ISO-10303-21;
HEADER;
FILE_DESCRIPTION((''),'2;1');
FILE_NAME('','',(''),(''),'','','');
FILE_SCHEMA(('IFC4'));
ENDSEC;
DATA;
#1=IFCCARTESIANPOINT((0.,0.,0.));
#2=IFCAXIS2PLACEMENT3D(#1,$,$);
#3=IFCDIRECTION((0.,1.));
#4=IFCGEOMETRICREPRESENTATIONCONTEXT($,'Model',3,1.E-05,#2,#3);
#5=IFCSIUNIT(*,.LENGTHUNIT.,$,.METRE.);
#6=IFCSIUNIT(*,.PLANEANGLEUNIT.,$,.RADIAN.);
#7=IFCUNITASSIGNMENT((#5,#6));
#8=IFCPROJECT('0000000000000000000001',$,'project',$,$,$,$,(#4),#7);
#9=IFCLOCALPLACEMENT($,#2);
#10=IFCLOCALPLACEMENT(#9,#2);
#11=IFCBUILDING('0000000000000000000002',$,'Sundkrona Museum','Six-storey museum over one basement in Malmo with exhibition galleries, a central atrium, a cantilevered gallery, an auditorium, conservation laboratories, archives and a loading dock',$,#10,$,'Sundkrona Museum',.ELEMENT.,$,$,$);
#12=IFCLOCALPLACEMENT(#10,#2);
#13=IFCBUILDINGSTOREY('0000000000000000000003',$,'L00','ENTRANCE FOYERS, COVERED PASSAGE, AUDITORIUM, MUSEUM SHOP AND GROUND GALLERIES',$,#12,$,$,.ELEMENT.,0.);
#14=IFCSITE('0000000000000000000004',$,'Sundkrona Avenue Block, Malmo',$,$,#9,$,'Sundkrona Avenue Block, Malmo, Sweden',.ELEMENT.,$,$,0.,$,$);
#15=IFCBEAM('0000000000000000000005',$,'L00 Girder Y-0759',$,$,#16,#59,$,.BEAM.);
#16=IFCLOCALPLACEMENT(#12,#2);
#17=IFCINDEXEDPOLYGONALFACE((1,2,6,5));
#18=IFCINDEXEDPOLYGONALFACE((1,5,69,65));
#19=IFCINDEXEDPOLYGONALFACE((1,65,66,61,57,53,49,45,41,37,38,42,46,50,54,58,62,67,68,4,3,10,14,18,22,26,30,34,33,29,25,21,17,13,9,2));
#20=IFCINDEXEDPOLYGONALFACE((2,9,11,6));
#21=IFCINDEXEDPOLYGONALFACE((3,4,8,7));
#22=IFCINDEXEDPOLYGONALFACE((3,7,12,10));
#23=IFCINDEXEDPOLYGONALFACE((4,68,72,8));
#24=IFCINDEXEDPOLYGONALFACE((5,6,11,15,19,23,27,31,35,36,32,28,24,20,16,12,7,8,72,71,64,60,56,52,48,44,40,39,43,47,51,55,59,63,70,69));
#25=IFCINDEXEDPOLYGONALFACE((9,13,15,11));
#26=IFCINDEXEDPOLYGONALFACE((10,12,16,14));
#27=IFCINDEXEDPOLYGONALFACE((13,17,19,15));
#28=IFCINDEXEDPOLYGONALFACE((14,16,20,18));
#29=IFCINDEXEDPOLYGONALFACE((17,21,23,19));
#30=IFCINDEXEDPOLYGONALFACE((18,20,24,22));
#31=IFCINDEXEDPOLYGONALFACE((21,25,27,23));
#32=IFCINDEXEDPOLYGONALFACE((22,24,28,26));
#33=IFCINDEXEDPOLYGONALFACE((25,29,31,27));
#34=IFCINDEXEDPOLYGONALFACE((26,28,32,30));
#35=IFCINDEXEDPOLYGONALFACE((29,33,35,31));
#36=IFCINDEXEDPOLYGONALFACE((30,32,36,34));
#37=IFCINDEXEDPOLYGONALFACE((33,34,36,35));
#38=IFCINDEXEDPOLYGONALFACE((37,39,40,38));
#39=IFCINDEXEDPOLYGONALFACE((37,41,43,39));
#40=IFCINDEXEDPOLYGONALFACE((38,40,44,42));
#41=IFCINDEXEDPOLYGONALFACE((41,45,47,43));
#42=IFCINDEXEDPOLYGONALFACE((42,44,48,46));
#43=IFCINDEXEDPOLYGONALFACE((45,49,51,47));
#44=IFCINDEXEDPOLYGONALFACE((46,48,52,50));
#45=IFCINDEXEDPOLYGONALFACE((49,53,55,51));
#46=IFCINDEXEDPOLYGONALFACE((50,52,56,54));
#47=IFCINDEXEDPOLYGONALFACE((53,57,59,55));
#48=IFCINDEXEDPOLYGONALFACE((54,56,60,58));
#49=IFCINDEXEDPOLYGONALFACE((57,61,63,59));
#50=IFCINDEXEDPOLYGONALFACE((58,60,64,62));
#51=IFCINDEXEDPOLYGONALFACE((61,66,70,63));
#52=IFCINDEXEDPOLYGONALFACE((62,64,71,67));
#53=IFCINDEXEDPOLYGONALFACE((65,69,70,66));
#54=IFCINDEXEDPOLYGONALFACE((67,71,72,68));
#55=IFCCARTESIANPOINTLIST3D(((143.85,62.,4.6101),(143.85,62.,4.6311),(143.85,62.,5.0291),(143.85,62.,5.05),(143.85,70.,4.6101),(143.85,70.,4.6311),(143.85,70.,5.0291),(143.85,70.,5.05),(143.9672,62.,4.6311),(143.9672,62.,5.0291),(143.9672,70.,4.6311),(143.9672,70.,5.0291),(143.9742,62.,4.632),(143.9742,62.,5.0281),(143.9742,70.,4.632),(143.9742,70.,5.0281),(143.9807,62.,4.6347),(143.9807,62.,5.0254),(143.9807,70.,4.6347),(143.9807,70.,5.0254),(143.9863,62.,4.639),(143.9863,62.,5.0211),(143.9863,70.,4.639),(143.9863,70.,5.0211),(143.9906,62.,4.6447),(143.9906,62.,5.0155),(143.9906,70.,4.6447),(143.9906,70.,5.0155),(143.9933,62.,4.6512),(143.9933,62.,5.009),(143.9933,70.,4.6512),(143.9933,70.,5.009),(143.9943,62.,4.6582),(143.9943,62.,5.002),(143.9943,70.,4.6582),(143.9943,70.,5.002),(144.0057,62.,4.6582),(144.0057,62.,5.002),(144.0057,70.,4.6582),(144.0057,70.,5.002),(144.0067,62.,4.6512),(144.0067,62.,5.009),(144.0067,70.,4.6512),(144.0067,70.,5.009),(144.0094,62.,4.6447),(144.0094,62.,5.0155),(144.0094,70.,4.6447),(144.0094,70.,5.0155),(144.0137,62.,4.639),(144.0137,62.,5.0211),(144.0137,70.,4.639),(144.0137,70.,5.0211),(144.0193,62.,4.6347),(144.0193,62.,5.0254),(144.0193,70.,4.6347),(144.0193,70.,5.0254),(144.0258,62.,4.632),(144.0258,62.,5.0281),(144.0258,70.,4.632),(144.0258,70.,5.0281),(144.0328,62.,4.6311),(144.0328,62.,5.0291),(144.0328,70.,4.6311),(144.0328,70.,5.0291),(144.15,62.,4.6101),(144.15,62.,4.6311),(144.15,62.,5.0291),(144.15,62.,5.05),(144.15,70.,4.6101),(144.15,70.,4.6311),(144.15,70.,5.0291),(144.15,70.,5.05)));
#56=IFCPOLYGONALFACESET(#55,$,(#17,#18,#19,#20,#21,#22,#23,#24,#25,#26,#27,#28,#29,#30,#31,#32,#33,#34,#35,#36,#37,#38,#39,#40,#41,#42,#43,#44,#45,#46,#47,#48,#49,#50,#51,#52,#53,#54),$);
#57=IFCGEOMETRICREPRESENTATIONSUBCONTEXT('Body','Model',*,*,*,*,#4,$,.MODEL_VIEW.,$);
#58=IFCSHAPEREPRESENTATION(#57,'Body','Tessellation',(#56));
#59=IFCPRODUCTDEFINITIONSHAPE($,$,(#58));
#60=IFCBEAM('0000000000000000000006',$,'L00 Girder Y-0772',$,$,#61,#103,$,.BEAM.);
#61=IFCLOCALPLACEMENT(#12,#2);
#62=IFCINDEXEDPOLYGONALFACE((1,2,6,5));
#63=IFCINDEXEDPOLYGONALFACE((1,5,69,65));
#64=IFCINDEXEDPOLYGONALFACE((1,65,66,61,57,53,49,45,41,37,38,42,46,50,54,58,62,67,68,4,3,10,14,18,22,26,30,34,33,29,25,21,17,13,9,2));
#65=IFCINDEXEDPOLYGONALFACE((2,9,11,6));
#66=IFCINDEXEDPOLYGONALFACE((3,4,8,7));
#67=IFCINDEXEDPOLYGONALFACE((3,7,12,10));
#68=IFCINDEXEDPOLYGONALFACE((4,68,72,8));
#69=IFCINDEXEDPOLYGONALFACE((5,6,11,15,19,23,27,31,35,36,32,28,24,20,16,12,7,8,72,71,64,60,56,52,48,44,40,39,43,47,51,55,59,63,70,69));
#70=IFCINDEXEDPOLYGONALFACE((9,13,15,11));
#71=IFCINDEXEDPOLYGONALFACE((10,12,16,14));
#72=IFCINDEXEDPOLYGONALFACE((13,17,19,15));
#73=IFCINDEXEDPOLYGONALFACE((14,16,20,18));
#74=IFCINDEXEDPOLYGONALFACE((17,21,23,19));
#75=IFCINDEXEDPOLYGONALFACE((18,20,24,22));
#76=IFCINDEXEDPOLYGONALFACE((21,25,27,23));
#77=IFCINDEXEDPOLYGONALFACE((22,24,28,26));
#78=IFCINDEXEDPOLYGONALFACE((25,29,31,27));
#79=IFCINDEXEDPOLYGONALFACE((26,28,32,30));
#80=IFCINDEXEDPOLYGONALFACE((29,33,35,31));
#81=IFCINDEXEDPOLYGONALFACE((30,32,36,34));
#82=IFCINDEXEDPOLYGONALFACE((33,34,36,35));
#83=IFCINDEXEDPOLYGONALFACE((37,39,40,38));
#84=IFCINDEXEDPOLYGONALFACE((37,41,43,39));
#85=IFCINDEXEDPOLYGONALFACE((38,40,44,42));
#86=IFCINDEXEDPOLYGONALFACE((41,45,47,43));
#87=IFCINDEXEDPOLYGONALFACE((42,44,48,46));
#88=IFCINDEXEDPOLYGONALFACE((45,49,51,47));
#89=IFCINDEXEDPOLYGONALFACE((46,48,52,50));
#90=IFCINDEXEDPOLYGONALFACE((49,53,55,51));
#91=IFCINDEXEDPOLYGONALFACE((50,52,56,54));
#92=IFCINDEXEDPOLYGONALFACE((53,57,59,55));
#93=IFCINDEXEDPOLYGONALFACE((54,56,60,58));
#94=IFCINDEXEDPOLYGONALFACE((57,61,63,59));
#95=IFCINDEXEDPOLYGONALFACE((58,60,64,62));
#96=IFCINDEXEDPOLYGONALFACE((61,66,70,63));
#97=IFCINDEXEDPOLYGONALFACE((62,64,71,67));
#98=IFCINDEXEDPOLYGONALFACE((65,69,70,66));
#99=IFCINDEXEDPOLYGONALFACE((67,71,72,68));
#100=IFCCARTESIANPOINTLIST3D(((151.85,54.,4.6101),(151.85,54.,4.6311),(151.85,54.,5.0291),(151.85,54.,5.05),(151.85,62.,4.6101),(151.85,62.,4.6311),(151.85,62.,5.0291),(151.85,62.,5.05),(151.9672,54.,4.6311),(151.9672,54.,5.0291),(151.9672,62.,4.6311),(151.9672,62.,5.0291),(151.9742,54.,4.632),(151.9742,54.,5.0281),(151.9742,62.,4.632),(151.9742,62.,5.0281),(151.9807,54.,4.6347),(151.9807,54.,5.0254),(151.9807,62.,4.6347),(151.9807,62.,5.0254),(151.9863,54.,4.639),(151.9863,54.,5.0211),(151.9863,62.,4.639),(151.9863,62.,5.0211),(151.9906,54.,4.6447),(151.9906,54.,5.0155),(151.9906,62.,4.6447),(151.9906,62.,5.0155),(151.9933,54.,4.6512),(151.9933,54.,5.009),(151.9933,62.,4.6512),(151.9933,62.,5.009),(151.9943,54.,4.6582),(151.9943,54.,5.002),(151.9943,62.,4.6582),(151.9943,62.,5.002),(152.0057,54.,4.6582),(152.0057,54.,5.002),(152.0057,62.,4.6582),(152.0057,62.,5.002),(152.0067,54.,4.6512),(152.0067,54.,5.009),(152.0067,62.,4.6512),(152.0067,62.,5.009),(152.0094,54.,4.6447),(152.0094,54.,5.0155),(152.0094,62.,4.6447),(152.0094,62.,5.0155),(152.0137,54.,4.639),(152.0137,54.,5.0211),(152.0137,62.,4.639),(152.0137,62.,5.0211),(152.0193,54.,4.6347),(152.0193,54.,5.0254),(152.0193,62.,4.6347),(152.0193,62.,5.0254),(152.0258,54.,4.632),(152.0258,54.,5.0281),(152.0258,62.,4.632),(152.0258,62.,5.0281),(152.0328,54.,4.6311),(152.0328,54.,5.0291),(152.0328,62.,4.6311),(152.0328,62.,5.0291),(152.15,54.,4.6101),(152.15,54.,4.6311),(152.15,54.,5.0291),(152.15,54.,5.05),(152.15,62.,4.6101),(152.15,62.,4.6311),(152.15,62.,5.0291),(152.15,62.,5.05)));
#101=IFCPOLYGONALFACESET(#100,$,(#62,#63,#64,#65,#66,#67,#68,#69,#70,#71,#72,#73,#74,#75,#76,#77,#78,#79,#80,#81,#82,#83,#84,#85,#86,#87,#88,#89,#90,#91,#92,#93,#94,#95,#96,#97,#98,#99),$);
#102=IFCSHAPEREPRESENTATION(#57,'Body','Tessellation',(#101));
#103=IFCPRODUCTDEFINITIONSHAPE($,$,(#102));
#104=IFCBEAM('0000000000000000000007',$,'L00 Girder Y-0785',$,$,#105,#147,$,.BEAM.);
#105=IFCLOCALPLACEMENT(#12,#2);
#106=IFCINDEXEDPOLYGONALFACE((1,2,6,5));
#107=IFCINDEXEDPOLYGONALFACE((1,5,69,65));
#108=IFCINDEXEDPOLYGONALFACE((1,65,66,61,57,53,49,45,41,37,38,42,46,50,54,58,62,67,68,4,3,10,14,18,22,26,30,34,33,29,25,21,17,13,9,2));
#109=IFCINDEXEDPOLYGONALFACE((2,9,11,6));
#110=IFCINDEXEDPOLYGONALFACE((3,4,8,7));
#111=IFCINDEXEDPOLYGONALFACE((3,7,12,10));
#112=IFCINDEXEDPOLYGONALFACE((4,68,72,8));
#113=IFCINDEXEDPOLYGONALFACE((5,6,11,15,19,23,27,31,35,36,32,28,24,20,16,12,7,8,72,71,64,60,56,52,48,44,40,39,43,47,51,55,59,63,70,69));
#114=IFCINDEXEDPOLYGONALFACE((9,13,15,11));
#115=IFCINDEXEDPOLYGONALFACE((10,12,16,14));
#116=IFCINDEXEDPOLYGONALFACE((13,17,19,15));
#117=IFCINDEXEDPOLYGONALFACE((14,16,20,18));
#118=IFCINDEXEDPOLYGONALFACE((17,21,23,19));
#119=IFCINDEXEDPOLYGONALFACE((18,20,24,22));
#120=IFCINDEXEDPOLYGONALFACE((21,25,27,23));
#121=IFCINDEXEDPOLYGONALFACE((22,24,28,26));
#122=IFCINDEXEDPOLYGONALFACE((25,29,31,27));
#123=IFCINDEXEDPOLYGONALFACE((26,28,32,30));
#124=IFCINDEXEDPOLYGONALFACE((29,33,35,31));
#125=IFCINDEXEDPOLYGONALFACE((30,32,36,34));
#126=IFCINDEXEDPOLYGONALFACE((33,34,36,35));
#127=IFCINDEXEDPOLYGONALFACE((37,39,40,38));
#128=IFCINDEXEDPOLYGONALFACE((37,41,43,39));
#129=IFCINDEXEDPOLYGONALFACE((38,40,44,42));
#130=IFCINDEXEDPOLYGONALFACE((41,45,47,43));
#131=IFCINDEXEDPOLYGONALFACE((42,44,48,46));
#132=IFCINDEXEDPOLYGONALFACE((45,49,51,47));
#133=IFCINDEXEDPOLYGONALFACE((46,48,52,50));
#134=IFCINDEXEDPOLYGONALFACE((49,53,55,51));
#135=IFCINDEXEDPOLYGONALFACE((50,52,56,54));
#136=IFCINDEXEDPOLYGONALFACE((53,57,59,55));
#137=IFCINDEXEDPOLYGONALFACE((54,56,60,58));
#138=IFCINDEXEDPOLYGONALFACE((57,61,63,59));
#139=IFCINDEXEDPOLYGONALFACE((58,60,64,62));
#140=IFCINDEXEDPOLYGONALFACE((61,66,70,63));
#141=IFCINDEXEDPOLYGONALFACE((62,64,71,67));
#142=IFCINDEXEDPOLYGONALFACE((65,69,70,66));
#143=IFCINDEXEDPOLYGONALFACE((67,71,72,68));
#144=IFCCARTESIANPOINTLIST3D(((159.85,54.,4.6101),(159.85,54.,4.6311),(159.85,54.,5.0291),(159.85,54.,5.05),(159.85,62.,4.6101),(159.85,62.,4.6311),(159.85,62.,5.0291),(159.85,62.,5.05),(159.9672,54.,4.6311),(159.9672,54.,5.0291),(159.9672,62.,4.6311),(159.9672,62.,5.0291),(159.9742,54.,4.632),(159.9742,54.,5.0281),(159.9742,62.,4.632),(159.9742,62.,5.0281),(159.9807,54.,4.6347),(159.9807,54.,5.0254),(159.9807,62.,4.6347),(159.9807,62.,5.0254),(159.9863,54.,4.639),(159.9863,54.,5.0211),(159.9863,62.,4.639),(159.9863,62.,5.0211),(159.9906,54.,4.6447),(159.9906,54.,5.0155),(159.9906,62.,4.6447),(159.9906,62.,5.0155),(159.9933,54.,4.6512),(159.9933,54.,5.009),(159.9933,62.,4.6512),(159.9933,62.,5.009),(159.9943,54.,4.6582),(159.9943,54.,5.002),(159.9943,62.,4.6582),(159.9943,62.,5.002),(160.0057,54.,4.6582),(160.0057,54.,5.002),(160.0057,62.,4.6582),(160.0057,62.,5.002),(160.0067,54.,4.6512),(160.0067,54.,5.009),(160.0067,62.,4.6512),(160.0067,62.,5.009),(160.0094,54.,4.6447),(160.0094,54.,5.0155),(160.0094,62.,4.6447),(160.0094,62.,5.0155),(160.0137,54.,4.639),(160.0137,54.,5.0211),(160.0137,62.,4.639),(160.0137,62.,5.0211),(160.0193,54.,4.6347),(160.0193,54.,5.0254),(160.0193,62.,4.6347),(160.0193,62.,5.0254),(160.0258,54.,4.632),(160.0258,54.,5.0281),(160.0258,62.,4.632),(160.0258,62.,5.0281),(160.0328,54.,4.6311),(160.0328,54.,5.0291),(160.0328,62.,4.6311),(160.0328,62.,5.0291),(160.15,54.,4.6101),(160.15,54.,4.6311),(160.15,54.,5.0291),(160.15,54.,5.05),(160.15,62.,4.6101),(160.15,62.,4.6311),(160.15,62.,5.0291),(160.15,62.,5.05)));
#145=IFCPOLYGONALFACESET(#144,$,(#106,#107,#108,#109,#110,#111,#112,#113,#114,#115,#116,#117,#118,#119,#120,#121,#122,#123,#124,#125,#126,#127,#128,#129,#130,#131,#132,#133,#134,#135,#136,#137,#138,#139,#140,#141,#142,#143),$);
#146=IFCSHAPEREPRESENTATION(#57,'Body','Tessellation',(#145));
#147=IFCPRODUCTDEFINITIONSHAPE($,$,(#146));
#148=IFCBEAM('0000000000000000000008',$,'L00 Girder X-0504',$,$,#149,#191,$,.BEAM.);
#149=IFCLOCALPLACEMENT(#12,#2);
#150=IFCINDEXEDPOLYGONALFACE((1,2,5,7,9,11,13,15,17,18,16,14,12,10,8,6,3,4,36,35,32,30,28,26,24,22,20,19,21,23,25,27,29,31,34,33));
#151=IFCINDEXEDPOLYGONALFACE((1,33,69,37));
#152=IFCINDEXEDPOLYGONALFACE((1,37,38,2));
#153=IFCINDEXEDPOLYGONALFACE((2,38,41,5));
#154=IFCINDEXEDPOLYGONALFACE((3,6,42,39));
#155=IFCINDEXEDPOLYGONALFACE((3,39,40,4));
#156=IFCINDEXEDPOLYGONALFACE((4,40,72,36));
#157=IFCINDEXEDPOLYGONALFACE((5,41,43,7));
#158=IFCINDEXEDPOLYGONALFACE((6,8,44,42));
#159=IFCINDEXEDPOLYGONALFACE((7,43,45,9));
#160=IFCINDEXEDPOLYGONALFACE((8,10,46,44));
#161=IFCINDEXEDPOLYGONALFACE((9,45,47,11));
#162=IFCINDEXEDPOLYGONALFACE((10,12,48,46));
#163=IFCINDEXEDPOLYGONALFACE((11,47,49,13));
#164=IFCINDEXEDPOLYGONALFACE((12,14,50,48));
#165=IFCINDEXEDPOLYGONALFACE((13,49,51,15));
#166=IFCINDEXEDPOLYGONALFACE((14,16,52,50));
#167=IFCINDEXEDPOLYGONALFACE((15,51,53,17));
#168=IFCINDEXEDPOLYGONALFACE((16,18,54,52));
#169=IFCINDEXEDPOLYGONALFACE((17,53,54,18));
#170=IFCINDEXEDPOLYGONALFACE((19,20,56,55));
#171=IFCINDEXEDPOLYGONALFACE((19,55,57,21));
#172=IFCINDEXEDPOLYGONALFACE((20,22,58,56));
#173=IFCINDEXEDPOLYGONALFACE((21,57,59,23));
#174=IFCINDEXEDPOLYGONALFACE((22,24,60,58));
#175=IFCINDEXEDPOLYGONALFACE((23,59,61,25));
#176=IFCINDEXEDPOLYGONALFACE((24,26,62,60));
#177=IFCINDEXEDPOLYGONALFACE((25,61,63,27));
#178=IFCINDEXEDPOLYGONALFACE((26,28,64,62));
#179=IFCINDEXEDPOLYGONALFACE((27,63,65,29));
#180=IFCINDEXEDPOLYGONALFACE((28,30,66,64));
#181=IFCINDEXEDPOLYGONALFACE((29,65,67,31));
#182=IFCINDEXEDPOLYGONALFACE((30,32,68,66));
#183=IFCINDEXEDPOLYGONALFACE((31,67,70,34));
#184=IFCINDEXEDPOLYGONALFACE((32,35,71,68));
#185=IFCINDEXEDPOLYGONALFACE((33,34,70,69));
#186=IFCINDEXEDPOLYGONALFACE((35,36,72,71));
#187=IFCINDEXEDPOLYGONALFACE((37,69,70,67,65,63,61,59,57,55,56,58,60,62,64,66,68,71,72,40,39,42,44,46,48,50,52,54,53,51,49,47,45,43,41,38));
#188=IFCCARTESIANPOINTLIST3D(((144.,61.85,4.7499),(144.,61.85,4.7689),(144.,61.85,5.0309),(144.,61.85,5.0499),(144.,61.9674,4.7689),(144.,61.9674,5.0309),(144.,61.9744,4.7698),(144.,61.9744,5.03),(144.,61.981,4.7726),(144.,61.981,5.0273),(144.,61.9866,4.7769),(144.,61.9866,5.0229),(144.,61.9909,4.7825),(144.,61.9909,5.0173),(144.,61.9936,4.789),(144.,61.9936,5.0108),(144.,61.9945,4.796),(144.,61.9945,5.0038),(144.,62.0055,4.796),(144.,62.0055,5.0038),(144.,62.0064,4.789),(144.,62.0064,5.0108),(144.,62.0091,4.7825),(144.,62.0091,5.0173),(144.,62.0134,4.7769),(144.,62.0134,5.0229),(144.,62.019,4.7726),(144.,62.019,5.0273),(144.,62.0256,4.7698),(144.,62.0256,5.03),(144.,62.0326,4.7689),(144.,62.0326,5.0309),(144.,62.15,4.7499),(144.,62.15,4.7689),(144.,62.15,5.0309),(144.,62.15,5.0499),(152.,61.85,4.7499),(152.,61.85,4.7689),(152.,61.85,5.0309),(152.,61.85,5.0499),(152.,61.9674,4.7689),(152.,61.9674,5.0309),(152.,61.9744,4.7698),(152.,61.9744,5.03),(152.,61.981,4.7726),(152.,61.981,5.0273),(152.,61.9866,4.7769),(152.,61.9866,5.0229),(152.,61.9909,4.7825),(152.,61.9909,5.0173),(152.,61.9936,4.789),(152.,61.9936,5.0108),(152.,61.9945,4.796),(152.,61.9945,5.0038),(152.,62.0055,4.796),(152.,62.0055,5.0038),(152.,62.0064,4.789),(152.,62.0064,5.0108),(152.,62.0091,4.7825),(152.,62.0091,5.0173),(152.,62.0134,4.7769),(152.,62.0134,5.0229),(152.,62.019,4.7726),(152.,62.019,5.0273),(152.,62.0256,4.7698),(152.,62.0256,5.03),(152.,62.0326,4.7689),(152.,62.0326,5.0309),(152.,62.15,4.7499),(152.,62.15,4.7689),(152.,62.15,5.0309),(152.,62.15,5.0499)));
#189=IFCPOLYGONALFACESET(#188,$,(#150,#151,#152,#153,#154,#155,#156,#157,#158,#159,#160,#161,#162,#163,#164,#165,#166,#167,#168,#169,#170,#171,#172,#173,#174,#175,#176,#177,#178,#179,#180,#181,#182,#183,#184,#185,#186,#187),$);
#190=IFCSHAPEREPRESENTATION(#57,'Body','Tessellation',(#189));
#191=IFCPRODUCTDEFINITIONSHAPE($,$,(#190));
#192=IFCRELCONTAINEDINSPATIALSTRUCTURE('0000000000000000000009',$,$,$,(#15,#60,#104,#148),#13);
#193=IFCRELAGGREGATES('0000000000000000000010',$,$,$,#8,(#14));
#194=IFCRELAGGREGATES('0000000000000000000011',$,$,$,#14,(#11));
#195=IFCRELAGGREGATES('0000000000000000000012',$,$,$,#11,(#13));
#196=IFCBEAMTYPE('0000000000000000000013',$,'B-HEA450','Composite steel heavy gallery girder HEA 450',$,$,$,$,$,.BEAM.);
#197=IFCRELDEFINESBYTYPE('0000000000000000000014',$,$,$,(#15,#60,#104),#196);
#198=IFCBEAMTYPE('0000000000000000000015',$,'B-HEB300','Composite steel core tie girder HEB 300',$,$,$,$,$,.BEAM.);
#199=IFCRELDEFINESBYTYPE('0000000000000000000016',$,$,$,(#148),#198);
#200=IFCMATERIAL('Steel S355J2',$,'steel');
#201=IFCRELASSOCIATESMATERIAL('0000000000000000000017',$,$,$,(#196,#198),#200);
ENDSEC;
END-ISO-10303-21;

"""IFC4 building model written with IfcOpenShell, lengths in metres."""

from ifc_helpers import new_model, si_unit, direction, frame, origin, origin_2d, place, context, subcontext, project, spatial, i_section, extrude, material, material_profile, profile_set, type_object, element, save


model = new_model("IFC4")

# Units and contexts
model_context = context("Model", 3, precision=1e-05, world=origin(), true_north=direction((0.0, 1.0)))
body_context = subcontext(model_context, "Body", "Model", "MODEL_VIEW")
ifc_project = project(units=[si_unit("LENGTHUNIT", "METRE"), si_unit("PLANEANGLEUNIT", "RADIAN")], contexts=[model_context])

# Site, building, storey
site_placement = place(None, origin())
site = spatial("IfcSite", under=ifc_project, at=site_placement, Name="Sundkrona Avenue Block, Malmo", LongName="Sundkrona Avenue Block, Malmo, Sweden", CompositionType="ELEMENT", RefElevation=0.0)
building_placement = place(site_placement, origin())
building = spatial("IfcBuilding", under=site, at=building_placement, Name="Sundkrona Museum", Description="Six-storey museum over one basement in Malmo with exhibition galleries, a central atrium, a cantilevered gallery, an auditorium, conservation laboratories, archives and a loading dock", LongName="Sundkrona Museum", CompositionType="ELEMENT")
storey_placement = place(building_placement, origin())
storey = spatial("IfcBuildingStorey", under=building, at=storey_placement, Name="L00", Description="ENTRANCE FOYERS, COVERED PASSAGE, AUDITORIUM, MUSEUM SHOP AND GROUND GALLERIES", CompositionType="ELEMENT", Elevation=0.0)

# Shared definitions
ifc_material_1 = material(Name="Steel S355J2", Category="steel")

# Beams
ifc_material_profile_1 = material_profile(ifc_material_1, i_section(OverallWidth=0.3, OverallDepth=0.4399, WebThickness=0.0115, FlangeThickness=0.021, FilletRadius=0.0271, at=origin_2d()), Name="HEA 450")
ifc_profile_set_1 = profile_set([ifc_material_profile_1], Name="Steel S355J2")
beam_type_1 = type_object("IfcBeamType", Name="B-HEA450", Description="Composite steel heavy gallery girder HEA 450", PredefinedType="BEAM", material=ifc_profile_set_1)
for number, where, z_axis, x_axis, name in (
    (1, (144.0, 62.0, 4.8301), (0.0, 1.0, 0.0), (-1.0, 0.0, 0.0), "L00 Girder Y-0759"),
    (2, (152.0, 54.0, 4.8301), (0.0, 1.0, 0.0), (-1.0, 0.0, 0.0), "L00 Girder Y-0772"),
    (3, (160.0, 54.0, 4.8301), (0.0, 1.0, 0.0), (-1.0, 0.0, 0.0), "L00 Girder Y-0785"),
):
    element("IfcBeam", number, at=place(storey_placement, frame(where, z_axis=z_axis, x_axis=x_axis)), inside=storey, type_object=beam_type_1, Name=name, PredefinedType="BEAM", context=body_context, shape_type="SweptSolid", body=[
        extrude(i_section(OverallWidth=0.3, OverallDepth=0.4399, WebThickness=0.0115, FlangeThickness=0.021, FilletRadius=0.0271, at=origin_2d()), origin(), (0.0, 0.0, 1.0), 8.0),
    ])
ifc_material_profile_2 = material_profile(ifc_material_1, i_section(OverallWidth=0.3, OverallDepth=0.3, WebThickness=0.011, FlangeThickness=0.019, FilletRadius=0.0271, at=origin_2d()), Name="HEB 300")
ifc_profile_set_2 = profile_set([ifc_material_profile_2], Name="Steel S355J2")
beam_type_2 = type_object("IfcBeamType", Name="B-HEB300", Description="Composite steel core tie girder HEB 300", PredefinedType="BEAM", material=ifc_profile_set_2)
beam_placement = place(storey_placement, frame((144.0, 62.0, 4.8999), z_axis=(1.0, 0.0, 0.0), x_axis=(0.0, 1.0, 0.0)))
element("IfcBeam", 4, at=beam_placement, inside=storey, type_object=beam_type_2, Name="L00 Girder X-0504", PredefinedType="BEAM", context=body_context, shape_type="SweptSolid", body=[
    extrude(i_section(OverallWidth=0.3, OverallDepth=0.3, WebThickness=0.011, FlangeThickness=0.019, FilletRadius=0.0271, at=origin_2d()), origin(), (0.0, 0.0, 1.0), 8.0),
])

save(model, "model.ifc")
